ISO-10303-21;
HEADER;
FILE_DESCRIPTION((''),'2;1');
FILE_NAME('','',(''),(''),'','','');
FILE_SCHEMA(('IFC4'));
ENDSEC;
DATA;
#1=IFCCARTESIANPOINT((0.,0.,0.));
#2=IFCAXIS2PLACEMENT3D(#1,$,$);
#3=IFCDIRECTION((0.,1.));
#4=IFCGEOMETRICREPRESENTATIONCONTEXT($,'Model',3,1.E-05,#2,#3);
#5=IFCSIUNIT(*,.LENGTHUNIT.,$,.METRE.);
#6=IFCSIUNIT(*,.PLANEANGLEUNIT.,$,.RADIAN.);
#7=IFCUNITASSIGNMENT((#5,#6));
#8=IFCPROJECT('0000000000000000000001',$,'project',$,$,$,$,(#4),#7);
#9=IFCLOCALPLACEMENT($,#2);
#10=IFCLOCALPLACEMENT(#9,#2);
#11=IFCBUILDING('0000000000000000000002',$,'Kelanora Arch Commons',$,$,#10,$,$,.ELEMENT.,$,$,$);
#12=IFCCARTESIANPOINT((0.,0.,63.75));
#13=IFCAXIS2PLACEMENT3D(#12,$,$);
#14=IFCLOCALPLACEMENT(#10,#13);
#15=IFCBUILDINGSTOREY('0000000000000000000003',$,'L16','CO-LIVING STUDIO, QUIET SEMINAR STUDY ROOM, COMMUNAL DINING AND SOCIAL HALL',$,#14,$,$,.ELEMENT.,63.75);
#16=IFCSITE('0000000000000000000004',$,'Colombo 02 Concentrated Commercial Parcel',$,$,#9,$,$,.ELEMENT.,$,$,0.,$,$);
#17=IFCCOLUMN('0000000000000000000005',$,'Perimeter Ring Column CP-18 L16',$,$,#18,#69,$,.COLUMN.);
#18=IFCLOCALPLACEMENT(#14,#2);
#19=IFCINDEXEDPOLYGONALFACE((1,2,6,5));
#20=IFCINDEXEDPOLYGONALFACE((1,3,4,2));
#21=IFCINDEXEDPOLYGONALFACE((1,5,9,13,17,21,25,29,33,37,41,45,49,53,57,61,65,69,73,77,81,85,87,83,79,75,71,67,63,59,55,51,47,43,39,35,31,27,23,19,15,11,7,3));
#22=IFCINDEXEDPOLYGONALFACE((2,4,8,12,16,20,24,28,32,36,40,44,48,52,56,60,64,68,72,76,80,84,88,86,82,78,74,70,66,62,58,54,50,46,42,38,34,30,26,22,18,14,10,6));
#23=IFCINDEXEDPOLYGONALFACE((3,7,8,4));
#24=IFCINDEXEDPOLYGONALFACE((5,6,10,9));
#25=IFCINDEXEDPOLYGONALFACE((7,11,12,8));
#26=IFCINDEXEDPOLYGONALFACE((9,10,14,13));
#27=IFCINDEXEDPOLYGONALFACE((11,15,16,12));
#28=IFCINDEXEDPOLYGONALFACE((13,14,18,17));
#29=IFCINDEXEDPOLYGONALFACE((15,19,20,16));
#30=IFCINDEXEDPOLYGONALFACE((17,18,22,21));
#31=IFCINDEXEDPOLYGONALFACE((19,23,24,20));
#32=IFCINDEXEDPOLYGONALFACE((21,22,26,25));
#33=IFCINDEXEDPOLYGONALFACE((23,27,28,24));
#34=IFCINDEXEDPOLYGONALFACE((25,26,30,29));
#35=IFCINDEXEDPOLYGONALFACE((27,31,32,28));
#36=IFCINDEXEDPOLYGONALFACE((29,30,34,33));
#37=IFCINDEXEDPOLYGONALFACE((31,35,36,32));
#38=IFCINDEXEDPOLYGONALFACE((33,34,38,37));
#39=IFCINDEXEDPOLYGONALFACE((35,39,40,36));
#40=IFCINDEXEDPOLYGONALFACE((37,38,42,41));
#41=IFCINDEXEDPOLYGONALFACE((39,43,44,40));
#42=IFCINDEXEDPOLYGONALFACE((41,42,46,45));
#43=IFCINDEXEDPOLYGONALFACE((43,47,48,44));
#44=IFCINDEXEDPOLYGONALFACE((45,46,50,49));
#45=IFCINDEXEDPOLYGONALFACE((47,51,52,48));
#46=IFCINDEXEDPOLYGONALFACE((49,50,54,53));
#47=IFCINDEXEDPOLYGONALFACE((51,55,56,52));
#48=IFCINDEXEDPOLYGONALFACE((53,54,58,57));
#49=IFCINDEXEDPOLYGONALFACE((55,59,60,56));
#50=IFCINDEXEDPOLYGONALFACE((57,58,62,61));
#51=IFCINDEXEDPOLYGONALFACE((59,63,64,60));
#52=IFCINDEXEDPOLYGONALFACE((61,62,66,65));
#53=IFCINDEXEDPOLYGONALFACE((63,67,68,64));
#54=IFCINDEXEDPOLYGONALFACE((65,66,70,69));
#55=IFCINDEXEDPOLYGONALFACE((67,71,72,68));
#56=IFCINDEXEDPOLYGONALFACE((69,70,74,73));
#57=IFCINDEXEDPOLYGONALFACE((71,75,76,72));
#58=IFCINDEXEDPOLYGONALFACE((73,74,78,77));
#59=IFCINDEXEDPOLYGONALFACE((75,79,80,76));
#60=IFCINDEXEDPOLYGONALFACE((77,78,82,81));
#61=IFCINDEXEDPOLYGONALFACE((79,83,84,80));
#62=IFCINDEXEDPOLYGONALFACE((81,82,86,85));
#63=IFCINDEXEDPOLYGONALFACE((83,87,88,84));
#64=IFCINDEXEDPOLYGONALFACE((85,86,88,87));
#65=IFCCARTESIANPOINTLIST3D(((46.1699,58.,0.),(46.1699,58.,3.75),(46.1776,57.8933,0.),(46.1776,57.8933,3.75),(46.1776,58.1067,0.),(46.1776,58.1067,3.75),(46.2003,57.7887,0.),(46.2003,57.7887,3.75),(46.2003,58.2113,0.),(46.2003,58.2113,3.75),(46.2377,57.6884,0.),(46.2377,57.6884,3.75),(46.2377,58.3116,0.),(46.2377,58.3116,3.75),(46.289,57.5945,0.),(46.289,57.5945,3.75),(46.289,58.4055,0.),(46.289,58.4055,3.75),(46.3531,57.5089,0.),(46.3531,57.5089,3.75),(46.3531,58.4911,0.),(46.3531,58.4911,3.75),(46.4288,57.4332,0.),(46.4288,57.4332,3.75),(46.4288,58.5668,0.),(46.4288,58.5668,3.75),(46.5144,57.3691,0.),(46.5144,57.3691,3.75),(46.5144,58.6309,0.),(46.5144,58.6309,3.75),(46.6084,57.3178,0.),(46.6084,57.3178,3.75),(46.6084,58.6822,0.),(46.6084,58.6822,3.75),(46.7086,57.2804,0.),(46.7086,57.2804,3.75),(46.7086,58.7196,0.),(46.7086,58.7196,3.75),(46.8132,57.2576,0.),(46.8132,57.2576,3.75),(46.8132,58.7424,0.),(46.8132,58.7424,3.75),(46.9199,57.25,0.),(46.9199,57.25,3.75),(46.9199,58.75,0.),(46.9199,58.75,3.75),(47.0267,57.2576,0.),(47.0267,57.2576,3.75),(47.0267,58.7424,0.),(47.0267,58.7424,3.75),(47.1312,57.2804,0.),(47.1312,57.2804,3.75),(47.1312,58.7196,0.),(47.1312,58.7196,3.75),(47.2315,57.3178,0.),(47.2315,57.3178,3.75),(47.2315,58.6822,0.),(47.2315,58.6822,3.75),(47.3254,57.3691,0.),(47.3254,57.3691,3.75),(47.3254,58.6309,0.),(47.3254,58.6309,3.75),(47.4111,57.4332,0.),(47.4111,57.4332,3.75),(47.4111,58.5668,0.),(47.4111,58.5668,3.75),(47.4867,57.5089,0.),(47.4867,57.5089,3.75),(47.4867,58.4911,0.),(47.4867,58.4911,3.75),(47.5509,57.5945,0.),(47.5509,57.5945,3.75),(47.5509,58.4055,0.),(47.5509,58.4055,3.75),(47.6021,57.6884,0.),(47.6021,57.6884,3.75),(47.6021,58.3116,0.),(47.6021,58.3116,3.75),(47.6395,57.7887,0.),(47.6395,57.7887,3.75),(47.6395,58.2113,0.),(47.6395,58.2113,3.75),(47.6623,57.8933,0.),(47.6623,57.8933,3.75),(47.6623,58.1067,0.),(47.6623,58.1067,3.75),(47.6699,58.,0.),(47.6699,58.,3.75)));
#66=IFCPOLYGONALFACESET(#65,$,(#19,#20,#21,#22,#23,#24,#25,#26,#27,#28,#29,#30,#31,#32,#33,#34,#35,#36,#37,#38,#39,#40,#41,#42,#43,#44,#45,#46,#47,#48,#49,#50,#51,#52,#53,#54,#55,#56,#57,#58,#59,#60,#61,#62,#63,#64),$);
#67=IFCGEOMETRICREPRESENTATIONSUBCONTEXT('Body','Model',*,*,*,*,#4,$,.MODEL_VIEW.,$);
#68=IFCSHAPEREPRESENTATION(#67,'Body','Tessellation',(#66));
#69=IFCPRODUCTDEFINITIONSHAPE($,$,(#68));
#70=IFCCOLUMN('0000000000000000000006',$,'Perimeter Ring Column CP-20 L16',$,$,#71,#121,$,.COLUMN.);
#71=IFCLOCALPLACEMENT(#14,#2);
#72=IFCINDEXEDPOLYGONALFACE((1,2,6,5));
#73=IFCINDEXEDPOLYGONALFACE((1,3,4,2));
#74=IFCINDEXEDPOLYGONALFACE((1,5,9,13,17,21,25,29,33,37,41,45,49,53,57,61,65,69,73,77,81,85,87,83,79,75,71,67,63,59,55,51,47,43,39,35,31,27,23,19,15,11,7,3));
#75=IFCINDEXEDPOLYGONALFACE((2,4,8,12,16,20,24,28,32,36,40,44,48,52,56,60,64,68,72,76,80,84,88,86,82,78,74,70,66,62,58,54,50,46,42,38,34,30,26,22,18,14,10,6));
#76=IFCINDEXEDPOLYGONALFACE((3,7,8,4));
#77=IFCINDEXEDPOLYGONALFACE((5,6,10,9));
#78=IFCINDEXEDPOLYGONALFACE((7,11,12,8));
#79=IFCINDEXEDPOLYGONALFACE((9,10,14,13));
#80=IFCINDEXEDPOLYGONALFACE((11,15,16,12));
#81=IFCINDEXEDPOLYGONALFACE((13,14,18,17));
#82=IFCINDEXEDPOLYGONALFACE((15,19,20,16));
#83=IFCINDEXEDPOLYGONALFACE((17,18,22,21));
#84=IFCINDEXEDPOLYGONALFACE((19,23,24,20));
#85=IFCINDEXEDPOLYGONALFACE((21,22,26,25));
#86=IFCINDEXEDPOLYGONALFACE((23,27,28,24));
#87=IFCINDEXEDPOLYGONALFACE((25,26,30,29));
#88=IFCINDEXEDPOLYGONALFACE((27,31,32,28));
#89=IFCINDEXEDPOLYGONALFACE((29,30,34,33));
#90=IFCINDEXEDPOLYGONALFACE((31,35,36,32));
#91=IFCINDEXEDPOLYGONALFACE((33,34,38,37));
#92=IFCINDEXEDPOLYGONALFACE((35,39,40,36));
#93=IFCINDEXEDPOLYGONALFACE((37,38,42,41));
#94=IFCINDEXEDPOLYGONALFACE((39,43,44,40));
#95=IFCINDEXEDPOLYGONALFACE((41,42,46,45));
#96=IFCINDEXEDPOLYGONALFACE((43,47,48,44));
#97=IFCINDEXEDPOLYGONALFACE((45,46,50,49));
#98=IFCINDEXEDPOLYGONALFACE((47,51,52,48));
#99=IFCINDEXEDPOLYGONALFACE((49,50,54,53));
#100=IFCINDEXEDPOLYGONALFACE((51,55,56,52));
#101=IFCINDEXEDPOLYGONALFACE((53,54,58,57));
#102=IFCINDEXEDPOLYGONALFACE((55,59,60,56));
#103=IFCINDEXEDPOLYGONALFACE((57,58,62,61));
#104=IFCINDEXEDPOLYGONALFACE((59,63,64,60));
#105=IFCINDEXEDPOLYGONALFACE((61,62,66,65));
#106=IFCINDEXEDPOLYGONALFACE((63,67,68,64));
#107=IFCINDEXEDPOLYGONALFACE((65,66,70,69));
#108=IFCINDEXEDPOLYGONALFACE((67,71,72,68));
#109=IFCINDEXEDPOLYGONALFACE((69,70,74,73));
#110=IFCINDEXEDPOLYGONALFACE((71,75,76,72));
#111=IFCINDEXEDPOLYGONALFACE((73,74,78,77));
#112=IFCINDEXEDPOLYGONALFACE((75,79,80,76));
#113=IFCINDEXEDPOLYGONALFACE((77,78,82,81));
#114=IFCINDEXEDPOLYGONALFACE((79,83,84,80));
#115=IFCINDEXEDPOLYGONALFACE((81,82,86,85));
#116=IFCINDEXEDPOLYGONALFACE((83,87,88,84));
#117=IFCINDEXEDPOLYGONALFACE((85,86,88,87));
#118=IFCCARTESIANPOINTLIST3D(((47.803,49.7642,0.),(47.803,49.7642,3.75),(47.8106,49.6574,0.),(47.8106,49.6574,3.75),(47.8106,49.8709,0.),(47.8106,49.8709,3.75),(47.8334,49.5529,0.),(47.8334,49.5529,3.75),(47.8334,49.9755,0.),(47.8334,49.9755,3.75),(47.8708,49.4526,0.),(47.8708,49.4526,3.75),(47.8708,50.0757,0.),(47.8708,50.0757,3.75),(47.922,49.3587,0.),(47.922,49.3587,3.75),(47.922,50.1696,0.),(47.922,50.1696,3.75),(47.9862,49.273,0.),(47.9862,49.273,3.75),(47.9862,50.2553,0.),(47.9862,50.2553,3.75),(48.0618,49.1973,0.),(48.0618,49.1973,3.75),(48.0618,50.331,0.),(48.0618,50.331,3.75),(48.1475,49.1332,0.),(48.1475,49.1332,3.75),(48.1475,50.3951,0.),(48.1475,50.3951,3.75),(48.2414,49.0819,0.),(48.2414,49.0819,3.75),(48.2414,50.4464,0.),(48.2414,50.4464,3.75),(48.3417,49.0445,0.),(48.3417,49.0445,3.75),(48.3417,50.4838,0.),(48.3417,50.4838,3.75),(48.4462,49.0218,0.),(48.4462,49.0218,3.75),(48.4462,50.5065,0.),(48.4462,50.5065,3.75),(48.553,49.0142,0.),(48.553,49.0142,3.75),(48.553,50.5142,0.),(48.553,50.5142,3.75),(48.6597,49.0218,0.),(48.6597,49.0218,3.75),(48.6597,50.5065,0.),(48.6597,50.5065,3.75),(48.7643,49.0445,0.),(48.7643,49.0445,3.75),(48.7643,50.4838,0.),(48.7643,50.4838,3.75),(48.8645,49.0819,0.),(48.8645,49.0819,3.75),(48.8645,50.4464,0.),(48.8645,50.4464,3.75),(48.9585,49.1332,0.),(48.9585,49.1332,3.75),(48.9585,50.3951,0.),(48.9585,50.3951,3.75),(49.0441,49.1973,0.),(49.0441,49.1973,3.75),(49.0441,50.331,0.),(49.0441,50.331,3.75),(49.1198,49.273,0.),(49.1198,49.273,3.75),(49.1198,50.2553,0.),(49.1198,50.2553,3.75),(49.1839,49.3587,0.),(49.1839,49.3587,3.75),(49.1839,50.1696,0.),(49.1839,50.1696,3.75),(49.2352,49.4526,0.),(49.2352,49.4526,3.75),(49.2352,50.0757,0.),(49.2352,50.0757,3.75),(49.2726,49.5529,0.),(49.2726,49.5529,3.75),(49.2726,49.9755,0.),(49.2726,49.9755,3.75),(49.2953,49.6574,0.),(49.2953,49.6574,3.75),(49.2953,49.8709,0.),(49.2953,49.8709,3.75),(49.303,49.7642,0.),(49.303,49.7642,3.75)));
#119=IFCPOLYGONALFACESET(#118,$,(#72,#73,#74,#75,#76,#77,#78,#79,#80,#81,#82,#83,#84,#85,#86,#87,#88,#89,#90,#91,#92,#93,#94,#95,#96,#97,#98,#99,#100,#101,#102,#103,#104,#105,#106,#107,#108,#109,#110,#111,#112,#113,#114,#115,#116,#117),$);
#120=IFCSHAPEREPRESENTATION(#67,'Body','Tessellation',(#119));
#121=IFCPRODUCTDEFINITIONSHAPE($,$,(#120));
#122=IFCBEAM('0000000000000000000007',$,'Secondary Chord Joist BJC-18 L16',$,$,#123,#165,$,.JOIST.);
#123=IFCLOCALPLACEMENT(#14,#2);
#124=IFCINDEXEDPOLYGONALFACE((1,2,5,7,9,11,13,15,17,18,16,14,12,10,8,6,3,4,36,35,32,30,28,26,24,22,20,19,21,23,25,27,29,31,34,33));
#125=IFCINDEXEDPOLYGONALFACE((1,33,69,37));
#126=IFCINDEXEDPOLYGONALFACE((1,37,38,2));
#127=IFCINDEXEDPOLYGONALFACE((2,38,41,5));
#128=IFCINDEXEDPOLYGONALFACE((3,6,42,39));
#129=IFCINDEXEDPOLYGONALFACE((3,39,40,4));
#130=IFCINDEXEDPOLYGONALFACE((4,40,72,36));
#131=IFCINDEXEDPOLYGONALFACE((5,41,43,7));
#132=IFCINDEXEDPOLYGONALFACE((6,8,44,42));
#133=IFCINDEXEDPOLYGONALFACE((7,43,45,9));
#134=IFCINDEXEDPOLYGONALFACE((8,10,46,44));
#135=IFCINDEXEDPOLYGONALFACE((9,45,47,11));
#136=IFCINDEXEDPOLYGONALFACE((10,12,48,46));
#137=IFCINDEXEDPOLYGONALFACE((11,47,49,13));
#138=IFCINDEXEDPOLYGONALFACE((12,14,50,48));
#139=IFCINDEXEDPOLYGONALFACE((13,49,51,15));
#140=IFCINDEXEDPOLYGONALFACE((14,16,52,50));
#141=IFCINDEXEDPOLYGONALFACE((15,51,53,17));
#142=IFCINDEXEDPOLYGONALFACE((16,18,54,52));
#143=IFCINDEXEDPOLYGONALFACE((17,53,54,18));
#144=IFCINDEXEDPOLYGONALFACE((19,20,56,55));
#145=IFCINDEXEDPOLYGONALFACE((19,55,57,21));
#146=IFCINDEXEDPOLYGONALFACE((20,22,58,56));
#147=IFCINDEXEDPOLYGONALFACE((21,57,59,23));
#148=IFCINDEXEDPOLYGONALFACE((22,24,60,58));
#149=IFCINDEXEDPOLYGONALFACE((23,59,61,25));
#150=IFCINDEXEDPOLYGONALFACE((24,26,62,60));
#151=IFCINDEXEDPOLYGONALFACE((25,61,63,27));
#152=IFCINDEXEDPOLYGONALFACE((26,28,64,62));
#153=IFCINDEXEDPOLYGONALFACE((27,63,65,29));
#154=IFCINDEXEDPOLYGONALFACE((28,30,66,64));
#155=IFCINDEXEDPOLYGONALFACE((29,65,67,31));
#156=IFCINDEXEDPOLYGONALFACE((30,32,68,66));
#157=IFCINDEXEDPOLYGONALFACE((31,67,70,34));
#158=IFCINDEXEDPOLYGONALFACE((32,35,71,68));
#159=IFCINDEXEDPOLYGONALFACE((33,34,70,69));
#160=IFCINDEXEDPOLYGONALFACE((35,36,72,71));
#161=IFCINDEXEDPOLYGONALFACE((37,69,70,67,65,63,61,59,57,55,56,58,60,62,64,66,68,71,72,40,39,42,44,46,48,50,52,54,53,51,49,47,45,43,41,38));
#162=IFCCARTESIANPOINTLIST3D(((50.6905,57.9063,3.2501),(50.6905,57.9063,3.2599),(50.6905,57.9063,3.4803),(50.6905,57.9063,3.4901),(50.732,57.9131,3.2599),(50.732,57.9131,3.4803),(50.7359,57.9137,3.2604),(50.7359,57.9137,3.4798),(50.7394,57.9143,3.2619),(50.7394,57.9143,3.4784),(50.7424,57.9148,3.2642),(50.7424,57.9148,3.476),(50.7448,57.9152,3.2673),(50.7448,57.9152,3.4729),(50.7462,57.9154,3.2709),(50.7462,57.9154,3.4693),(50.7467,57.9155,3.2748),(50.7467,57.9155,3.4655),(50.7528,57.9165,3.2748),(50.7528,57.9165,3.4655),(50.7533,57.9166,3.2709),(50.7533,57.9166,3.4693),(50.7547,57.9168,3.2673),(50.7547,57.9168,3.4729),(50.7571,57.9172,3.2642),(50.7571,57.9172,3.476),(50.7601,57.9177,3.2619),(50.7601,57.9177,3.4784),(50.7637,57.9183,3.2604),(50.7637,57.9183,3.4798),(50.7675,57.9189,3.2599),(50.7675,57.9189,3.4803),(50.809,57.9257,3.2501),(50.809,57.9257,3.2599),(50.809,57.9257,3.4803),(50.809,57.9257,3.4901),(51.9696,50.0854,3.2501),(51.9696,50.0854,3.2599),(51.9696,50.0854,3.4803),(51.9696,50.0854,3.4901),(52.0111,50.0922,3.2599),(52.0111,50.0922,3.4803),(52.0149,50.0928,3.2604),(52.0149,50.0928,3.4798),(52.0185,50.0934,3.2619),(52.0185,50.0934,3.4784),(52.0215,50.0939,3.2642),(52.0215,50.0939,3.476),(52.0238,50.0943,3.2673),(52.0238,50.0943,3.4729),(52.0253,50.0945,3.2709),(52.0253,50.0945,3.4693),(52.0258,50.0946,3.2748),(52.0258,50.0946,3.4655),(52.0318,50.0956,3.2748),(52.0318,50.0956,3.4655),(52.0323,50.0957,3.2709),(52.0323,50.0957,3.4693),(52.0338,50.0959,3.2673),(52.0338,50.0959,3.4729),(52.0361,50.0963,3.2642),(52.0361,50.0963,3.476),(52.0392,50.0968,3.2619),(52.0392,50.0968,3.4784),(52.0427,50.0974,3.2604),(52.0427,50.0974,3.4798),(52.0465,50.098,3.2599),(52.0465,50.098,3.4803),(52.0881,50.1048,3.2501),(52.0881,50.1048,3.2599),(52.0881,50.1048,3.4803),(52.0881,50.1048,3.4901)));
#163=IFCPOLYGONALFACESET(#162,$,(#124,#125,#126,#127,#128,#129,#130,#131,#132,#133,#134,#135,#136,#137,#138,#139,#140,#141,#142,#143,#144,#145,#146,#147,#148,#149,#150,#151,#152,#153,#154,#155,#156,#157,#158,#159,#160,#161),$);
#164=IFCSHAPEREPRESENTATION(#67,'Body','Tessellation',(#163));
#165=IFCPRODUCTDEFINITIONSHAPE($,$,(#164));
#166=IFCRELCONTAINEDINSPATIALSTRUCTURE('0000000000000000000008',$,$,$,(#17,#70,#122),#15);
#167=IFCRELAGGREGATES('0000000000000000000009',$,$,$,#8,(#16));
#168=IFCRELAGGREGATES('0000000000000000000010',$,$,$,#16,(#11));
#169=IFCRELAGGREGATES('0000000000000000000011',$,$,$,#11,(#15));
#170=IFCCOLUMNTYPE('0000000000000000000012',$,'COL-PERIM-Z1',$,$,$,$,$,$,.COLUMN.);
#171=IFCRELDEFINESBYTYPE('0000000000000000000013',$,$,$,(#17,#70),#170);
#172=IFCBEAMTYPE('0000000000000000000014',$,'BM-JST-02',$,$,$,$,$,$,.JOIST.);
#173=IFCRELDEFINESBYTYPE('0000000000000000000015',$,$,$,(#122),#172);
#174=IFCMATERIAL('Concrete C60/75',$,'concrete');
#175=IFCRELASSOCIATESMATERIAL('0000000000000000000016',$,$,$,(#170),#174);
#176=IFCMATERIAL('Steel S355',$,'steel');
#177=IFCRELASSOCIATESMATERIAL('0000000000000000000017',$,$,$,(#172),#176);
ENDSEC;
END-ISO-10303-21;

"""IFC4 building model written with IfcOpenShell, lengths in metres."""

from ifc_helpers import new_model, si_unit, direction, frame, origin, origin_2d, place, context, subcontext, project, spatial, circle, i_section, extrude, material, material_profile, profile_set, type_object, element, save


model = new_model("IFC4")

# Units and contexts
model_context = context("Model", 3, precision=1e-05, world=origin(), true_north=direction((0.0, 1.0)))
body_context = subcontext(model_context, "Body", "Model", "MODEL_VIEW")
ifc_project = project(units=[si_unit("LENGTHUNIT", "METRE"), si_unit("PLANEANGLEUNIT", "RADIAN")], contexts=[model_context])

# Site, building, storey
site_placement = place(None, origin())
site = spatial("IfcSite", under=ifc_project, at=site_placement, Name="Colombo 02 Concentrated Commercial Parcel", CompositionType="ELEMENT", RefElevation=0.0)
building_placement = place(site_placement, origin())
building = spatial("IfcBuilding", under=site, at=building_placement, Name="Kelanora Arch Commons", CompositionType="ELEMENT")
storey_placement = place(building_placement, frame((0.0, 0.0, 63.75)))
storey = spatial("IfcBuildingStorey", under=building, at=storey_placement, Name="L16", Description="CO-LIVING STUDIO, QUIET SEMINAR STUDY ROOM, COMMUNAL DINING AND SOCIAL HALL", CompositionType="ELEMENT", Elevation=63.75)

# Columns
ifc_material_1 = material(Name="Concrete C60/75", Category="concrete")
ifc_material_profile_1 = material_profile(ifc_material_1, circle(Radius=0.75, at=origin_2d()), Name="RCC1500")
ifc_profile_set_1 = profile_set([ifc_material_profile_1], Name="Concrete C60/75")
column_type = type_object("IfcColumnType", Name="COL-PERIM-Z1", PredefinedType="COLUMN", material=ifc_profile_set_1)
for number, where, z_axis, x_axis, name in (
    (1, (46.9199, 58.0, 0.0), (0.0, 0.0, 1.0), (1.0, 0.0, 0.0), "Perimeter Ring Column CP-18 L16"),
    (2, (48.553, 49.7642, 0.0), (0.0, 0.0, 1.0), (1.0, 0.0, 0.0), "Perimeter Ring Column CP-20 L16"),
):
    element("IfcColumn", number, at=place(storey_placement, frame(where, z_axis=z_axis, x_axis=x_axis)), inside=storey, type_object=column_type, Name=name, PredefinedType="COLUMN", context=body_context, shape_type="SweptSolid", body=[
        extrude(circle(Radius=0.75, at=origin_2d()), origin(), (0.0, 0.0, 1.0), 3.75),
    ])

# Beam
ifc_material_2 = material(Name="Steel S355", Category="steel")
ifc_material_profile_2 = material_profile(ifc_material_2, i_section(OverallWidth=0.1201, OverallDepth=0.24, WebThickness=0.0061, FlangeThickness=0.0098, FilletRadius=0.0149, at=origin_2d()), Name="IPE240")
ifc_profile_set_2 = profile_set([ifc_material_profile_2], Name="Steel S355")
beam_type_1 = type_object("IfcBeamType", Name="BM-JST-02", PredefinedType="JOIST", material=ifc_profile_set_2)
beam_1_placement = place(storey_placement, frame((50.7498, 57.916, 3.3701), z_axis=(0.161401, -0.986889, 0.0), x_axis=(0.986889, 0.161401, 0.0)))
element("IfcBeam", 3, at=beam_1_placement, inside=storey, type_object=beam_type_1, Name="Secondary Chord Joist BJC-18 L16", PredefinedType="JOIST", context=body_context, shape_type="SweptSolid", body=[
    extrude(i_section(OverallWidth=0.1201, OverallDepth=0.24, WebThickness=0.0061, FlangeThickness=0.0098, FilletRadius=0.0149, at=origin_2d()), origin(), (0.0, 0.0, 1.0), 7.9248),
])

save(model, "model.ifc")
